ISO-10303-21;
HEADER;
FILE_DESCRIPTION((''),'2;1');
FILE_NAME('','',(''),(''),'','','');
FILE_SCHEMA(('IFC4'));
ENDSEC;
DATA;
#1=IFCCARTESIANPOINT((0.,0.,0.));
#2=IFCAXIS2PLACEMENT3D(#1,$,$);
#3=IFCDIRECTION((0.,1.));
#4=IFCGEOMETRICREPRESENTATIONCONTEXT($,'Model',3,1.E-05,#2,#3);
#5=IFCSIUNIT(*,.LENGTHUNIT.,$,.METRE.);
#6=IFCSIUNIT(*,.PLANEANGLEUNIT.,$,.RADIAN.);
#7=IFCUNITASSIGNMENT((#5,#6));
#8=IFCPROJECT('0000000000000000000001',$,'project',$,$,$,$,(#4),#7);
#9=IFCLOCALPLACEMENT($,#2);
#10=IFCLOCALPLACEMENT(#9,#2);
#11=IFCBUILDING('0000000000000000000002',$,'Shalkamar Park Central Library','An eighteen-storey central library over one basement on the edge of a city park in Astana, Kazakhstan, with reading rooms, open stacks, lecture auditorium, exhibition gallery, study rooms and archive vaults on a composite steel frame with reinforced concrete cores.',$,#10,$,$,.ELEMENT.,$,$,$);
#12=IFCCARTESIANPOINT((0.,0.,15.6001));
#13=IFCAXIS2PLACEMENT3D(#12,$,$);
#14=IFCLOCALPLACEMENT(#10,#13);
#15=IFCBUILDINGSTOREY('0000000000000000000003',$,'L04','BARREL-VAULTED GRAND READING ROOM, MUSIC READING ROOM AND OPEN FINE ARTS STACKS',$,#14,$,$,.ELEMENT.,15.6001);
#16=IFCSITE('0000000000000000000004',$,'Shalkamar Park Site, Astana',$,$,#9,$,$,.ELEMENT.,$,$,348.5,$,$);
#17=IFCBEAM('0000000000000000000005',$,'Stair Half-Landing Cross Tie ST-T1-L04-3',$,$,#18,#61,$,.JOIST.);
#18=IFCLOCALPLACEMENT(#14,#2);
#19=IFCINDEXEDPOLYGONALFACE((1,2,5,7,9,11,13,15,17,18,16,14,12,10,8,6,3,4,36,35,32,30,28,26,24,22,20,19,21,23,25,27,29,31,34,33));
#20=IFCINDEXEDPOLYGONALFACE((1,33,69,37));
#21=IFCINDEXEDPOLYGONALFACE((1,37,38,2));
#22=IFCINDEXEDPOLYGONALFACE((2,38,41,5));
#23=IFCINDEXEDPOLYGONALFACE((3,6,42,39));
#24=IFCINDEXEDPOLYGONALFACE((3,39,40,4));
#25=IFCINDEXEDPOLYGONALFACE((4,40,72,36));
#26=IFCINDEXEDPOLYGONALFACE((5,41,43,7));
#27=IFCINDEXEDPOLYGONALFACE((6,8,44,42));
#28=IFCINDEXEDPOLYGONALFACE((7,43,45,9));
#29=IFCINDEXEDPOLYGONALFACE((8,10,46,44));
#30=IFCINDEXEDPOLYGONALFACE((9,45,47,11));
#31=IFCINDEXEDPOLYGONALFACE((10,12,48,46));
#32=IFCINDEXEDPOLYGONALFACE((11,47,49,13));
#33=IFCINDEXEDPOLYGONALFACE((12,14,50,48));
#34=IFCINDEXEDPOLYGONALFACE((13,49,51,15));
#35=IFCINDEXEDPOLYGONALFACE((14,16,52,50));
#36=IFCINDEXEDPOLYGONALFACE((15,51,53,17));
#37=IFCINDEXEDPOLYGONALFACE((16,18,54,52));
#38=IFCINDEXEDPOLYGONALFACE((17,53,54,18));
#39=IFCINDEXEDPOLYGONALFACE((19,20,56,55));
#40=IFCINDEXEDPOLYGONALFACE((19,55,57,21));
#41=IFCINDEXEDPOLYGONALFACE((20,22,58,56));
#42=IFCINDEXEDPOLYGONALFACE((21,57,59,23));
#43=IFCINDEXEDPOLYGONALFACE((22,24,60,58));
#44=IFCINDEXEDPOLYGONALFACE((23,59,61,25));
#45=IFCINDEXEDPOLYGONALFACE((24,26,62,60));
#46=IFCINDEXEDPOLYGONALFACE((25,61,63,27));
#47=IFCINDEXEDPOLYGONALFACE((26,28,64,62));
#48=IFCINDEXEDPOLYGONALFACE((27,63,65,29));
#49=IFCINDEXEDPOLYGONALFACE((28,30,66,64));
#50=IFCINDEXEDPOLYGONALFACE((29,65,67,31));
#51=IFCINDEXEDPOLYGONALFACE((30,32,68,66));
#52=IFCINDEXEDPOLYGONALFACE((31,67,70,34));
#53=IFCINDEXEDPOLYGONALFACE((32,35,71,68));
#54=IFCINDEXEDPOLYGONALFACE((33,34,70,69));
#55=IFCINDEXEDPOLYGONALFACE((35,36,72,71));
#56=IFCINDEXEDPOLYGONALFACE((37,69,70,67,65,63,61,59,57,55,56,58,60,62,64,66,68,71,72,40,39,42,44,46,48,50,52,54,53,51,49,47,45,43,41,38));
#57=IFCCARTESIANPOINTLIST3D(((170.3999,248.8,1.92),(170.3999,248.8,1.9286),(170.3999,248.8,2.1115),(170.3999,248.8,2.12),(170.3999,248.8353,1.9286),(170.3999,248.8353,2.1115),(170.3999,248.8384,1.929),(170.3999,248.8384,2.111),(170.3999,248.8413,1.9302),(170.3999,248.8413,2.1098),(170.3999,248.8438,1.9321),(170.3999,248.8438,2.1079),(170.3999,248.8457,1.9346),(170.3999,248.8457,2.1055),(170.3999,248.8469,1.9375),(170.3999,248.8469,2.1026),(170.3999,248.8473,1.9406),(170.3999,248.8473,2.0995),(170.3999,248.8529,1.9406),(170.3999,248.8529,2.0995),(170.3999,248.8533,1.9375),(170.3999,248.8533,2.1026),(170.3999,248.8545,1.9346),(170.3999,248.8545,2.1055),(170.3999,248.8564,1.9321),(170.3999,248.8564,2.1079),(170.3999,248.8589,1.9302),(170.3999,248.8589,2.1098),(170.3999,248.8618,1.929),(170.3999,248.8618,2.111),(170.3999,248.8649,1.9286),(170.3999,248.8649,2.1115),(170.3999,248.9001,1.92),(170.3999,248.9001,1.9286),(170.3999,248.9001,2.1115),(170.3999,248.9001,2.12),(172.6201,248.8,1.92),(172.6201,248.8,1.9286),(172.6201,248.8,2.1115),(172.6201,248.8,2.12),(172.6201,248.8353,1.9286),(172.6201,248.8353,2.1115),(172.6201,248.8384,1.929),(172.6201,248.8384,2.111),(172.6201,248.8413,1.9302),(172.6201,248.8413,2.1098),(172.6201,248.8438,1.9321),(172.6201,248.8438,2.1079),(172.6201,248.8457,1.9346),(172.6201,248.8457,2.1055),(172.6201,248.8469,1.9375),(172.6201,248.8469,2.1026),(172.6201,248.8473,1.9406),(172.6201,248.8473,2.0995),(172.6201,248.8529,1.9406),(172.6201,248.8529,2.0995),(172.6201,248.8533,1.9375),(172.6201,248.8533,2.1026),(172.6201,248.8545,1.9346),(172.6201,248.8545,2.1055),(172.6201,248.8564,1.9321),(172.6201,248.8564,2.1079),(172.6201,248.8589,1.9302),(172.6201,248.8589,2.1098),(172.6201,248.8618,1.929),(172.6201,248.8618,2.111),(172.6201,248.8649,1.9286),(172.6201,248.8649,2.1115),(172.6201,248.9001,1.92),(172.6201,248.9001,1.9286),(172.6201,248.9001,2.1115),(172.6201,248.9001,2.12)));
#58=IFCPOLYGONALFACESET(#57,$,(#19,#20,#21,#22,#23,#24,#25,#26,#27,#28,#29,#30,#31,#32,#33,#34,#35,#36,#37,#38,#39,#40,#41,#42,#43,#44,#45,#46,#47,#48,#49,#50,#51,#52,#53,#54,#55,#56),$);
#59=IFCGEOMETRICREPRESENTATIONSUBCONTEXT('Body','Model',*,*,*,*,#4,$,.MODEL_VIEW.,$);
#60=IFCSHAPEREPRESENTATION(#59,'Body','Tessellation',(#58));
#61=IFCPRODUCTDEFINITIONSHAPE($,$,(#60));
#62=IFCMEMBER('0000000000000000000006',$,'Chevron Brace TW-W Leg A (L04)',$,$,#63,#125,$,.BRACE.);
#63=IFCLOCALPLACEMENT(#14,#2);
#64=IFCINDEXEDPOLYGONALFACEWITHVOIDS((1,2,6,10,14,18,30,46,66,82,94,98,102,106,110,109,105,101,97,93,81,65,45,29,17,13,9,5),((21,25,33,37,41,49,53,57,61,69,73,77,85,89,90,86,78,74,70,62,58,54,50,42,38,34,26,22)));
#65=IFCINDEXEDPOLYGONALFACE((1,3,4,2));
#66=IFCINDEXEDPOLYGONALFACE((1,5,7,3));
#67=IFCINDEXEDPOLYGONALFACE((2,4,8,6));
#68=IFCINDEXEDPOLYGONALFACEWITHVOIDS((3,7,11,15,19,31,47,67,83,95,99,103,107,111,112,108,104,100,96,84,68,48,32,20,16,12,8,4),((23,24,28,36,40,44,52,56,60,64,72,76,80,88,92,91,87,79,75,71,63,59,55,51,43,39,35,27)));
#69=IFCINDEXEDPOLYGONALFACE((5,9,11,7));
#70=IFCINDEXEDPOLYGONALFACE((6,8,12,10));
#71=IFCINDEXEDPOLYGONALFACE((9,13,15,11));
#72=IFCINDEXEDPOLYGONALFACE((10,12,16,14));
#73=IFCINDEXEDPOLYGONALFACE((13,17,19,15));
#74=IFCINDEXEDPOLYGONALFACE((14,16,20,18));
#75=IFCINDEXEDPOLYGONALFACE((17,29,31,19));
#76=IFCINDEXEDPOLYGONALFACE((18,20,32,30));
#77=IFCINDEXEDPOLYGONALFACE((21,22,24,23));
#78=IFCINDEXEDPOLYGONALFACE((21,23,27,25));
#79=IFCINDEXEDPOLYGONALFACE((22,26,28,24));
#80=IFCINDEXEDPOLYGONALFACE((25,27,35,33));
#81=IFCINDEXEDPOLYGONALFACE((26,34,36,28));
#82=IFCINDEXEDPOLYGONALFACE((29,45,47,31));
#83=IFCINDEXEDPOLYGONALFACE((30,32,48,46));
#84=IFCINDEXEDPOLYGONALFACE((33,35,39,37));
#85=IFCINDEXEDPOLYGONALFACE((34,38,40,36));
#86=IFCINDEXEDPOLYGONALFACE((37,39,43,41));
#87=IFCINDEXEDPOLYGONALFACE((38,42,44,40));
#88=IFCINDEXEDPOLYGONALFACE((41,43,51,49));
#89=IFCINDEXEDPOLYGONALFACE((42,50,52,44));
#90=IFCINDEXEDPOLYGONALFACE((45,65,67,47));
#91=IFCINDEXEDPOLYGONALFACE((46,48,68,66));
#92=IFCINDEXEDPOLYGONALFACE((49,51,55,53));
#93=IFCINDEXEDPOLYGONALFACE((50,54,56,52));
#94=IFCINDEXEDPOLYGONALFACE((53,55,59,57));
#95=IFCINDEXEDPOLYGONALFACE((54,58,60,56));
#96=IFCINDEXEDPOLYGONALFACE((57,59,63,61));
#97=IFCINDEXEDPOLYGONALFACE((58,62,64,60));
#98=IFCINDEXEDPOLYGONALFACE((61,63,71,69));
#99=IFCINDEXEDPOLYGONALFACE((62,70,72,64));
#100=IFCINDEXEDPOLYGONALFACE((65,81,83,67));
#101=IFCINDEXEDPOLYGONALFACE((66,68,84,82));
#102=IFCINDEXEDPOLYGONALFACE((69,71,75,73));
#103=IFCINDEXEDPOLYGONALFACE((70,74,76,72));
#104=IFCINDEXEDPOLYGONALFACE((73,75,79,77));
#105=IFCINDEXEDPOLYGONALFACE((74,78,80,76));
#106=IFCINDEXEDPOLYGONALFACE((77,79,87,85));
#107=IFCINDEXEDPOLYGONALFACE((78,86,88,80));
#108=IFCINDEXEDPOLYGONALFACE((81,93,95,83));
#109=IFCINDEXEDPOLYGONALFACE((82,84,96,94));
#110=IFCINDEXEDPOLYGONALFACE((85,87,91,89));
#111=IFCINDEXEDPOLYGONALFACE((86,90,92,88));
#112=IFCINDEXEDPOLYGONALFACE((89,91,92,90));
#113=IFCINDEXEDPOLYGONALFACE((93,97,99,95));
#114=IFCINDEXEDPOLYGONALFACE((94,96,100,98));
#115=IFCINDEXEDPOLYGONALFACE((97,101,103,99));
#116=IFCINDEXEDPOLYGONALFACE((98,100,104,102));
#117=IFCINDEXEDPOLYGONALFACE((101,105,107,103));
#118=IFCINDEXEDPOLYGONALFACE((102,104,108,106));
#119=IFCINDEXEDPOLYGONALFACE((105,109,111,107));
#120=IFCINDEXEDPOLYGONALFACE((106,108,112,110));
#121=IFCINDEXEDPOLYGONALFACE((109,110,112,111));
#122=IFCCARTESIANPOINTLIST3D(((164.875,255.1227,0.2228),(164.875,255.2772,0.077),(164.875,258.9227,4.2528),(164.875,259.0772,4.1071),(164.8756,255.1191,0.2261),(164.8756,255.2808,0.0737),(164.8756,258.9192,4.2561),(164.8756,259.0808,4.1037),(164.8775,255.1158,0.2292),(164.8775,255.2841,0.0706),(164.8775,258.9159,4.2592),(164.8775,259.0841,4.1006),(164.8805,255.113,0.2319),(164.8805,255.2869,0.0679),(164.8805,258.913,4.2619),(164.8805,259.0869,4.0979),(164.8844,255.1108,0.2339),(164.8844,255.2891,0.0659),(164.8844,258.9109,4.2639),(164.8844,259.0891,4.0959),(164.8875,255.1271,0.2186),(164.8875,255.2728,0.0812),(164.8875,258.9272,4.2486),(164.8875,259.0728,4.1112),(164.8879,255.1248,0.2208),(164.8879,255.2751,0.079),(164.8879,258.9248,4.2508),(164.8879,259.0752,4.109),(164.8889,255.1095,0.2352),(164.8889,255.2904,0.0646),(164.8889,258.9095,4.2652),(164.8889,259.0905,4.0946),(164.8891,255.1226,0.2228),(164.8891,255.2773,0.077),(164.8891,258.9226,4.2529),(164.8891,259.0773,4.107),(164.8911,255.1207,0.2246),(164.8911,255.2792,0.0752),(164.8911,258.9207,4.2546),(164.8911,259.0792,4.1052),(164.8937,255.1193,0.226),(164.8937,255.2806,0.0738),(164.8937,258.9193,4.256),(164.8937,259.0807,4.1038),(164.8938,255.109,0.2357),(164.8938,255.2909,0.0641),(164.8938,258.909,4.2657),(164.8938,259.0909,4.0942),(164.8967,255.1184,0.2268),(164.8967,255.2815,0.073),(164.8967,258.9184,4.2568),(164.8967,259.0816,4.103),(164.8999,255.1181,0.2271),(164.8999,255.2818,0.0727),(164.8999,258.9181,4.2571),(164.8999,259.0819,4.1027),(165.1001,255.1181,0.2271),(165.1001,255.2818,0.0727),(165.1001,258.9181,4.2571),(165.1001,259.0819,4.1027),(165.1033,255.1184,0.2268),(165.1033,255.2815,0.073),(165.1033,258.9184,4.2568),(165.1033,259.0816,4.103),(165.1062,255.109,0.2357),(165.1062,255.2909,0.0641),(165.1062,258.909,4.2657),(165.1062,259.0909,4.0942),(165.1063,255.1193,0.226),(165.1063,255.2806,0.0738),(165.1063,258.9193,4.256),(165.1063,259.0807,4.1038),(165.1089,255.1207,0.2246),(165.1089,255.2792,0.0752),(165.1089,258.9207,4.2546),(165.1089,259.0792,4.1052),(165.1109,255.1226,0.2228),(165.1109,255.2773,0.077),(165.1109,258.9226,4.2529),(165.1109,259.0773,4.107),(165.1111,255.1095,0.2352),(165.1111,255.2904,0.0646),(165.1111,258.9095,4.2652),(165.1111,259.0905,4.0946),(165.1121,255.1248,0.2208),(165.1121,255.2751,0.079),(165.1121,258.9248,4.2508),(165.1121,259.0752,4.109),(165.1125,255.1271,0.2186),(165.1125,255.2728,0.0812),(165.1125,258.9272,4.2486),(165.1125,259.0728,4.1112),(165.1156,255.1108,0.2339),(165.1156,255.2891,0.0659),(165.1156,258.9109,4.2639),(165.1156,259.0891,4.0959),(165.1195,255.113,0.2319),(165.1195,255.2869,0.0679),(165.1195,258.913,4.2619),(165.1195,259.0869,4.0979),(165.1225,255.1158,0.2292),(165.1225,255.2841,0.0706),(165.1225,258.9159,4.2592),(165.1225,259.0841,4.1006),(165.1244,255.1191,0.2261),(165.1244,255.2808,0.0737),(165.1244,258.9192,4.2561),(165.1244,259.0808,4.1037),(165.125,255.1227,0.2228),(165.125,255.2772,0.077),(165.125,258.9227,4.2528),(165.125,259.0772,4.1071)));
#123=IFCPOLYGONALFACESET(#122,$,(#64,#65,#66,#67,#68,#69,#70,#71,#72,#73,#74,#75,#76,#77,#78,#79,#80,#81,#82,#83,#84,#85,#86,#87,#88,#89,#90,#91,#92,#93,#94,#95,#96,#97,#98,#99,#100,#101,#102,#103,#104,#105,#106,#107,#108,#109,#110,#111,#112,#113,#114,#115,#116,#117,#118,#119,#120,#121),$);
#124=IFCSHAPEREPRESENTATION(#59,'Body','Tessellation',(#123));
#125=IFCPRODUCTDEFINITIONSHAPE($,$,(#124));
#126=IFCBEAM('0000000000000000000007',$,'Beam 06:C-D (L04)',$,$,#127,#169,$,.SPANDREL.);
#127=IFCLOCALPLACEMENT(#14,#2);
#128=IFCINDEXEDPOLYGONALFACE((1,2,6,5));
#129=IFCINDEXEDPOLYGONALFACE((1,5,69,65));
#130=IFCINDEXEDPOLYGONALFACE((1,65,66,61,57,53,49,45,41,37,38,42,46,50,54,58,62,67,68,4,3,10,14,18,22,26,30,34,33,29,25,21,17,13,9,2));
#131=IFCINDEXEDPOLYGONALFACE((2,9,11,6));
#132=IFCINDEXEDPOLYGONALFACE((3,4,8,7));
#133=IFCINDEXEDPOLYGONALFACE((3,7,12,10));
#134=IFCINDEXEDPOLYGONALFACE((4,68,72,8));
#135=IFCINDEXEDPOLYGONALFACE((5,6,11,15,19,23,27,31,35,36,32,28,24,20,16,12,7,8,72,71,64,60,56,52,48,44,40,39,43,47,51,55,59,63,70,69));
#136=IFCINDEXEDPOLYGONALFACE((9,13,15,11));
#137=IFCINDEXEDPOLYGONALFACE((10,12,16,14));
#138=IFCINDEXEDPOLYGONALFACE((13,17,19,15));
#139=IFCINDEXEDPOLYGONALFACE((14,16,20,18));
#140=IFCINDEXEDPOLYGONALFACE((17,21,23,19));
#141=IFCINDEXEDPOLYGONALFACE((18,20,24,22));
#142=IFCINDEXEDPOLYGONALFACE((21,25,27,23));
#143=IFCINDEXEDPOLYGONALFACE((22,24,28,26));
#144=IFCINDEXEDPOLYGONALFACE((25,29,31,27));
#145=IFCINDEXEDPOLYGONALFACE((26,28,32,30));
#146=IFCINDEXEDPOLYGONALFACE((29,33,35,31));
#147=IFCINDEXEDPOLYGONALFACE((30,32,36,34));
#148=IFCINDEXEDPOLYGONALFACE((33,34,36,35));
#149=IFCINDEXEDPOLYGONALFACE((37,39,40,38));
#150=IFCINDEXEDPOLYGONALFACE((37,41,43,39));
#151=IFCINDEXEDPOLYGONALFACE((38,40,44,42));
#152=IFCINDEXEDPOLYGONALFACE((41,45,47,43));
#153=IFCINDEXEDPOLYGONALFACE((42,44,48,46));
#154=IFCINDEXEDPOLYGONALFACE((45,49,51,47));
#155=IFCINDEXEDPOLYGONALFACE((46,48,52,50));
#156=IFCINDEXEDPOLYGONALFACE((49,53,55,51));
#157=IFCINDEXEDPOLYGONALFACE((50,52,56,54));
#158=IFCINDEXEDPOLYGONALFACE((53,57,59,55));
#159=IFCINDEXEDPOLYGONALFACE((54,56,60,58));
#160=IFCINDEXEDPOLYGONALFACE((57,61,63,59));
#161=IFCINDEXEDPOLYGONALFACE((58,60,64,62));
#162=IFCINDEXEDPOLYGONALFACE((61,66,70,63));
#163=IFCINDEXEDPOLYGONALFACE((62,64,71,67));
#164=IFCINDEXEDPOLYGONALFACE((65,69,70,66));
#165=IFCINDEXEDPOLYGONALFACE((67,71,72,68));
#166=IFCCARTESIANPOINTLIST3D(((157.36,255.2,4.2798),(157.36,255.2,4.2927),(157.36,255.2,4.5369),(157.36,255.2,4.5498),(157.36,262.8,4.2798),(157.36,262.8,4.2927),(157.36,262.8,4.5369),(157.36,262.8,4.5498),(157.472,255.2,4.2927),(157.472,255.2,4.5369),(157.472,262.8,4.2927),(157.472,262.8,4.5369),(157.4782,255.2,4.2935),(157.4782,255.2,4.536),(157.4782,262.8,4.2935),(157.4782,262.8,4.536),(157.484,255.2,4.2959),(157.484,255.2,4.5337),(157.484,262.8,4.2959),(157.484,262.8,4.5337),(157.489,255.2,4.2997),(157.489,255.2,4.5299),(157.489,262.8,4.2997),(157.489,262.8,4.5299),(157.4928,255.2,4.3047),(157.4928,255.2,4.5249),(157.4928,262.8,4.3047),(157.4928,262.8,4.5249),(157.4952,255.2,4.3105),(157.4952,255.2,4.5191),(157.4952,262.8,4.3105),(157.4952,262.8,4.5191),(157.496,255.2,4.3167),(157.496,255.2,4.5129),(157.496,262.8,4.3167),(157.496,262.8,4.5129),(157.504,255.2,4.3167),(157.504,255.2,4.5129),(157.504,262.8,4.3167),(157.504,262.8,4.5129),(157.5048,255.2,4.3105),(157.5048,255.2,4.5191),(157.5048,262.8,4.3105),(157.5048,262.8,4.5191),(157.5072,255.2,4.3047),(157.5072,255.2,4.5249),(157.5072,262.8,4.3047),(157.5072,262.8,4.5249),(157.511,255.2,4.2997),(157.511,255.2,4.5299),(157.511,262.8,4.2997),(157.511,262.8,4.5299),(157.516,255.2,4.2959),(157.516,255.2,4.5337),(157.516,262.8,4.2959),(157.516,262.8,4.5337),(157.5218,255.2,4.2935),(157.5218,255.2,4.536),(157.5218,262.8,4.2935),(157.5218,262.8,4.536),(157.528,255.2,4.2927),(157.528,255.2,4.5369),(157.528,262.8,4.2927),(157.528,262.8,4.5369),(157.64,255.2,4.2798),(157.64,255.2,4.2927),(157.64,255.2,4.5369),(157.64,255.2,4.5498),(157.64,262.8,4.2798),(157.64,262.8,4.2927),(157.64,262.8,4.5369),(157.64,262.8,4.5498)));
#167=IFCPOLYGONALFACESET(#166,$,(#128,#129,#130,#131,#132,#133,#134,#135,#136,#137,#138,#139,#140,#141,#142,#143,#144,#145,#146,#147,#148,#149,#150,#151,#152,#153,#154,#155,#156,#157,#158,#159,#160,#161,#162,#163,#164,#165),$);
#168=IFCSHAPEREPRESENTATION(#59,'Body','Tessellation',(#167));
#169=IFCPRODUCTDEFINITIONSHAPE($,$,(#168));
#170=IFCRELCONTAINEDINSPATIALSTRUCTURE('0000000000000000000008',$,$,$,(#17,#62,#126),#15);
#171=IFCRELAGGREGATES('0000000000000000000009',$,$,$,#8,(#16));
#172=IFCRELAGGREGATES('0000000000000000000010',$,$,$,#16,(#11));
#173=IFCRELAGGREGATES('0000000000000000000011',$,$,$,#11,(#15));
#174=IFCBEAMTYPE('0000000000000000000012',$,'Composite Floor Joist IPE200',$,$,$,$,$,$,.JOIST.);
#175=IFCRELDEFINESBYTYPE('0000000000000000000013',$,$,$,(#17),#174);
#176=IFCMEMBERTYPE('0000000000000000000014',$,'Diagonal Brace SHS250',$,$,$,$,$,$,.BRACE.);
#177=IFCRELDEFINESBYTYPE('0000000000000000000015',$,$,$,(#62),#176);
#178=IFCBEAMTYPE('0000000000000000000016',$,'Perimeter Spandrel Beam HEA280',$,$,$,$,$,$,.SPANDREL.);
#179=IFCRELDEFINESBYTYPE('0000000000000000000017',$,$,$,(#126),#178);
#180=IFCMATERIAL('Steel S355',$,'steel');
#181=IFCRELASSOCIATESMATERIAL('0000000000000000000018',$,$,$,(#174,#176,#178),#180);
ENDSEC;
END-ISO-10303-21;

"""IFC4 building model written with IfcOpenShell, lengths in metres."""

from ifc_helpers import new_model, si_unit, direction, frame, origin, origin_2d, place, context, subcontext, project, spatial, hollow_rectangle, i_section, extrude, material, material_profile, profile_set, type_object, element, save


model = new_model("IFC4")

# Units and contexts
model_context = context("Model", 3, precision=1e-05, world=origin(), true_north=direction((0.0, 1.0)))
body_context = subcontext(model_context, "Body", "Model", "MODEL_VIEW")
ifc_project = project(units=[si_unit("LENGTHUNIT", "METRE"), si_unit("PLANEANGLEUNIT", "RADIAN")], contexts=[model_context])

# Site, building, storey
site_placement = place(None, origin())
site = spatial("IfcSite", under=ifc_project, at=site_placement, Name="Shalkamar Park Site, Astana", CompositionType="ELEMENT", RefElevation=348.5)
building_placement = place(site_placement, origin())
building = spatial("IfcBuilding", under=site, at=building_placement, Name="Shalkamar Park Central Library", Description="An eighteen-storey central library over one basement on the edge of a city park in Astana, Kazakhstan, with reading rooms, open stacks, lecture auditorium, exhibition gallery, study rooms and archive vaults on a composite steel frame with reinforced concrete cores.", CompositionType="ELEMENT")
storey_placement = place(building_placement, frame((0.0, 0.0, 15.6001)))
storey = spatial("IfcBuildingStorey", under=building, at=storey_placement, Name="L04", Description="BARREL-VAULTED GRAND READING ROOM, MUSIC READING ROOM AND OPEN FINE ARTS STACKS", CompositionType="ELEMENT", Elevation=15.6001)

# Shared definitions
ifc_material_1 = material(Name="Steel S355", Category="steel")

# Beam
ifc_material_profile_1 = material_profile(ifc_material_1, i_section(OverallWidth=0.1001, OverallDepth=0.2, WebThickness=0.0056, FlangeThickness=0.0085, FilletRadius=0.012, at=origin_2d()), Name="IPE 200")
ifc_profile_set_1 = profile_set([ifc_material_profile_1], Name="Steel S355")
beam_type_1 = type_object("IfcBeamType", Name="Composite Floor Joist IPE200", PredefinedType="JOIST", material=ifc_profile_set_1)
beam_1_placement = place(storey_placement, frame((170.3999, 248.8501, 2.02), z_axis=(1.0, 0.0, 0.0), x_axis=(0.0, 1.0, 0.0)))
element("IfcBeam", 1, at=beam_1_placement, inside=storey, type_object=beam_type_1, Name="Stair Half-Landing Cross Tie ST-T1-L04-3", PredefinedType="JOIST", context=body_context, shape_type="SweptSolid", body=[
    extrude(i_section(OverallWidth=0.1001, OverallDepth=0.2, WebThickness=0.0056, FlangeThickness=0.0085, FilletRadius=0.012, at=origin_2d()), origin(), (0.0, 0.0, 1.0), 2.2202),
])

# Member
ifc_material_profile_2 = material_profile(ifc_material_1, hollow_rectangle(XDim=0.25, YDim=0.25, WallThickness=0.0125, InnerFilletRadius=0.0125, OuterFilletRadius=0.0188, at=origin_2d()), Name="SHS 250x250x12.5")
ifc_profile_set_2 = profile_set([ifc_material_profile_2], Name="Steel S355")
member_type = type_object("IfcMemberType", Name="Diagonal Brace SHS250", PredefinedType="BRACE", material=ifc_profile_set_2)
member_placement = place(storey_placement, frame((165.0, 255.2, 0.1499), z_axis=(0.0, 0.686042, 0.727562), x_axis=(-1.0, 0.0, 0.0)))
element("IfcMember", 2, at=member_placement, inside=storey, type_object=member_type, Name="Chevron Brace TW-W Leg A (L04)", PredefinedType="BRACE", context=body_context, shape_type="SweptSolid", body=[
    extrude(hollow_rectangle(XDim=0.25, YDim=0.25, WallThickness=0.0125, InnerFilletRadius=0.0125, OuterFilletRadius=0.0188, at=origin_2d()), origin(), (0.0, 0.0, 1.0), 5.5391),
])

# Beam
ifc_material_profile_3 = material_profile(ifc_material_1, i_section(OverallWidth=0.28, OverallDepth=0.27, WebThickness=0.0081, FlangeThickness=0.0129, FilletRadius=0.0239, at=origin_2d()), Name="HEA 280")
ifc_profile_set_3 = profile_set([ifc_material_profile_3], Name="Steel S355")
beam_type_2 = type_object("IfcBeamType", Name="Perimeter Spandrel Beam HEA280", PredefinedType="SPANDREL", material=ifc_profile_set_3)
beam_2_placement = place(storey_placement, frame((157.5, 255.2, 4.4148), z_axis=(0.0, 1.0, 0.0), x_axis=(-1.0, 0.0, 0.0)))
element("IfcBeam", 3, at=beam_2_placement, inside=storey, type_object=beam_type_2, Name="Beam 06:C-D (L04)", PredefinedType="SPANDREL", context=body_context, shape_type="SweptSolid", body=[
    extrude(i_section(OverallWidth=0.28, OverallDepth=0.27, WebThickness=0.0081, FlangeThickness=0.0129, FilletRadius=0.0239, at=origin_2d()), origin(), (0.0, 0.0, 1.0), 7.6001),
])

save(model, "model.ifc")
